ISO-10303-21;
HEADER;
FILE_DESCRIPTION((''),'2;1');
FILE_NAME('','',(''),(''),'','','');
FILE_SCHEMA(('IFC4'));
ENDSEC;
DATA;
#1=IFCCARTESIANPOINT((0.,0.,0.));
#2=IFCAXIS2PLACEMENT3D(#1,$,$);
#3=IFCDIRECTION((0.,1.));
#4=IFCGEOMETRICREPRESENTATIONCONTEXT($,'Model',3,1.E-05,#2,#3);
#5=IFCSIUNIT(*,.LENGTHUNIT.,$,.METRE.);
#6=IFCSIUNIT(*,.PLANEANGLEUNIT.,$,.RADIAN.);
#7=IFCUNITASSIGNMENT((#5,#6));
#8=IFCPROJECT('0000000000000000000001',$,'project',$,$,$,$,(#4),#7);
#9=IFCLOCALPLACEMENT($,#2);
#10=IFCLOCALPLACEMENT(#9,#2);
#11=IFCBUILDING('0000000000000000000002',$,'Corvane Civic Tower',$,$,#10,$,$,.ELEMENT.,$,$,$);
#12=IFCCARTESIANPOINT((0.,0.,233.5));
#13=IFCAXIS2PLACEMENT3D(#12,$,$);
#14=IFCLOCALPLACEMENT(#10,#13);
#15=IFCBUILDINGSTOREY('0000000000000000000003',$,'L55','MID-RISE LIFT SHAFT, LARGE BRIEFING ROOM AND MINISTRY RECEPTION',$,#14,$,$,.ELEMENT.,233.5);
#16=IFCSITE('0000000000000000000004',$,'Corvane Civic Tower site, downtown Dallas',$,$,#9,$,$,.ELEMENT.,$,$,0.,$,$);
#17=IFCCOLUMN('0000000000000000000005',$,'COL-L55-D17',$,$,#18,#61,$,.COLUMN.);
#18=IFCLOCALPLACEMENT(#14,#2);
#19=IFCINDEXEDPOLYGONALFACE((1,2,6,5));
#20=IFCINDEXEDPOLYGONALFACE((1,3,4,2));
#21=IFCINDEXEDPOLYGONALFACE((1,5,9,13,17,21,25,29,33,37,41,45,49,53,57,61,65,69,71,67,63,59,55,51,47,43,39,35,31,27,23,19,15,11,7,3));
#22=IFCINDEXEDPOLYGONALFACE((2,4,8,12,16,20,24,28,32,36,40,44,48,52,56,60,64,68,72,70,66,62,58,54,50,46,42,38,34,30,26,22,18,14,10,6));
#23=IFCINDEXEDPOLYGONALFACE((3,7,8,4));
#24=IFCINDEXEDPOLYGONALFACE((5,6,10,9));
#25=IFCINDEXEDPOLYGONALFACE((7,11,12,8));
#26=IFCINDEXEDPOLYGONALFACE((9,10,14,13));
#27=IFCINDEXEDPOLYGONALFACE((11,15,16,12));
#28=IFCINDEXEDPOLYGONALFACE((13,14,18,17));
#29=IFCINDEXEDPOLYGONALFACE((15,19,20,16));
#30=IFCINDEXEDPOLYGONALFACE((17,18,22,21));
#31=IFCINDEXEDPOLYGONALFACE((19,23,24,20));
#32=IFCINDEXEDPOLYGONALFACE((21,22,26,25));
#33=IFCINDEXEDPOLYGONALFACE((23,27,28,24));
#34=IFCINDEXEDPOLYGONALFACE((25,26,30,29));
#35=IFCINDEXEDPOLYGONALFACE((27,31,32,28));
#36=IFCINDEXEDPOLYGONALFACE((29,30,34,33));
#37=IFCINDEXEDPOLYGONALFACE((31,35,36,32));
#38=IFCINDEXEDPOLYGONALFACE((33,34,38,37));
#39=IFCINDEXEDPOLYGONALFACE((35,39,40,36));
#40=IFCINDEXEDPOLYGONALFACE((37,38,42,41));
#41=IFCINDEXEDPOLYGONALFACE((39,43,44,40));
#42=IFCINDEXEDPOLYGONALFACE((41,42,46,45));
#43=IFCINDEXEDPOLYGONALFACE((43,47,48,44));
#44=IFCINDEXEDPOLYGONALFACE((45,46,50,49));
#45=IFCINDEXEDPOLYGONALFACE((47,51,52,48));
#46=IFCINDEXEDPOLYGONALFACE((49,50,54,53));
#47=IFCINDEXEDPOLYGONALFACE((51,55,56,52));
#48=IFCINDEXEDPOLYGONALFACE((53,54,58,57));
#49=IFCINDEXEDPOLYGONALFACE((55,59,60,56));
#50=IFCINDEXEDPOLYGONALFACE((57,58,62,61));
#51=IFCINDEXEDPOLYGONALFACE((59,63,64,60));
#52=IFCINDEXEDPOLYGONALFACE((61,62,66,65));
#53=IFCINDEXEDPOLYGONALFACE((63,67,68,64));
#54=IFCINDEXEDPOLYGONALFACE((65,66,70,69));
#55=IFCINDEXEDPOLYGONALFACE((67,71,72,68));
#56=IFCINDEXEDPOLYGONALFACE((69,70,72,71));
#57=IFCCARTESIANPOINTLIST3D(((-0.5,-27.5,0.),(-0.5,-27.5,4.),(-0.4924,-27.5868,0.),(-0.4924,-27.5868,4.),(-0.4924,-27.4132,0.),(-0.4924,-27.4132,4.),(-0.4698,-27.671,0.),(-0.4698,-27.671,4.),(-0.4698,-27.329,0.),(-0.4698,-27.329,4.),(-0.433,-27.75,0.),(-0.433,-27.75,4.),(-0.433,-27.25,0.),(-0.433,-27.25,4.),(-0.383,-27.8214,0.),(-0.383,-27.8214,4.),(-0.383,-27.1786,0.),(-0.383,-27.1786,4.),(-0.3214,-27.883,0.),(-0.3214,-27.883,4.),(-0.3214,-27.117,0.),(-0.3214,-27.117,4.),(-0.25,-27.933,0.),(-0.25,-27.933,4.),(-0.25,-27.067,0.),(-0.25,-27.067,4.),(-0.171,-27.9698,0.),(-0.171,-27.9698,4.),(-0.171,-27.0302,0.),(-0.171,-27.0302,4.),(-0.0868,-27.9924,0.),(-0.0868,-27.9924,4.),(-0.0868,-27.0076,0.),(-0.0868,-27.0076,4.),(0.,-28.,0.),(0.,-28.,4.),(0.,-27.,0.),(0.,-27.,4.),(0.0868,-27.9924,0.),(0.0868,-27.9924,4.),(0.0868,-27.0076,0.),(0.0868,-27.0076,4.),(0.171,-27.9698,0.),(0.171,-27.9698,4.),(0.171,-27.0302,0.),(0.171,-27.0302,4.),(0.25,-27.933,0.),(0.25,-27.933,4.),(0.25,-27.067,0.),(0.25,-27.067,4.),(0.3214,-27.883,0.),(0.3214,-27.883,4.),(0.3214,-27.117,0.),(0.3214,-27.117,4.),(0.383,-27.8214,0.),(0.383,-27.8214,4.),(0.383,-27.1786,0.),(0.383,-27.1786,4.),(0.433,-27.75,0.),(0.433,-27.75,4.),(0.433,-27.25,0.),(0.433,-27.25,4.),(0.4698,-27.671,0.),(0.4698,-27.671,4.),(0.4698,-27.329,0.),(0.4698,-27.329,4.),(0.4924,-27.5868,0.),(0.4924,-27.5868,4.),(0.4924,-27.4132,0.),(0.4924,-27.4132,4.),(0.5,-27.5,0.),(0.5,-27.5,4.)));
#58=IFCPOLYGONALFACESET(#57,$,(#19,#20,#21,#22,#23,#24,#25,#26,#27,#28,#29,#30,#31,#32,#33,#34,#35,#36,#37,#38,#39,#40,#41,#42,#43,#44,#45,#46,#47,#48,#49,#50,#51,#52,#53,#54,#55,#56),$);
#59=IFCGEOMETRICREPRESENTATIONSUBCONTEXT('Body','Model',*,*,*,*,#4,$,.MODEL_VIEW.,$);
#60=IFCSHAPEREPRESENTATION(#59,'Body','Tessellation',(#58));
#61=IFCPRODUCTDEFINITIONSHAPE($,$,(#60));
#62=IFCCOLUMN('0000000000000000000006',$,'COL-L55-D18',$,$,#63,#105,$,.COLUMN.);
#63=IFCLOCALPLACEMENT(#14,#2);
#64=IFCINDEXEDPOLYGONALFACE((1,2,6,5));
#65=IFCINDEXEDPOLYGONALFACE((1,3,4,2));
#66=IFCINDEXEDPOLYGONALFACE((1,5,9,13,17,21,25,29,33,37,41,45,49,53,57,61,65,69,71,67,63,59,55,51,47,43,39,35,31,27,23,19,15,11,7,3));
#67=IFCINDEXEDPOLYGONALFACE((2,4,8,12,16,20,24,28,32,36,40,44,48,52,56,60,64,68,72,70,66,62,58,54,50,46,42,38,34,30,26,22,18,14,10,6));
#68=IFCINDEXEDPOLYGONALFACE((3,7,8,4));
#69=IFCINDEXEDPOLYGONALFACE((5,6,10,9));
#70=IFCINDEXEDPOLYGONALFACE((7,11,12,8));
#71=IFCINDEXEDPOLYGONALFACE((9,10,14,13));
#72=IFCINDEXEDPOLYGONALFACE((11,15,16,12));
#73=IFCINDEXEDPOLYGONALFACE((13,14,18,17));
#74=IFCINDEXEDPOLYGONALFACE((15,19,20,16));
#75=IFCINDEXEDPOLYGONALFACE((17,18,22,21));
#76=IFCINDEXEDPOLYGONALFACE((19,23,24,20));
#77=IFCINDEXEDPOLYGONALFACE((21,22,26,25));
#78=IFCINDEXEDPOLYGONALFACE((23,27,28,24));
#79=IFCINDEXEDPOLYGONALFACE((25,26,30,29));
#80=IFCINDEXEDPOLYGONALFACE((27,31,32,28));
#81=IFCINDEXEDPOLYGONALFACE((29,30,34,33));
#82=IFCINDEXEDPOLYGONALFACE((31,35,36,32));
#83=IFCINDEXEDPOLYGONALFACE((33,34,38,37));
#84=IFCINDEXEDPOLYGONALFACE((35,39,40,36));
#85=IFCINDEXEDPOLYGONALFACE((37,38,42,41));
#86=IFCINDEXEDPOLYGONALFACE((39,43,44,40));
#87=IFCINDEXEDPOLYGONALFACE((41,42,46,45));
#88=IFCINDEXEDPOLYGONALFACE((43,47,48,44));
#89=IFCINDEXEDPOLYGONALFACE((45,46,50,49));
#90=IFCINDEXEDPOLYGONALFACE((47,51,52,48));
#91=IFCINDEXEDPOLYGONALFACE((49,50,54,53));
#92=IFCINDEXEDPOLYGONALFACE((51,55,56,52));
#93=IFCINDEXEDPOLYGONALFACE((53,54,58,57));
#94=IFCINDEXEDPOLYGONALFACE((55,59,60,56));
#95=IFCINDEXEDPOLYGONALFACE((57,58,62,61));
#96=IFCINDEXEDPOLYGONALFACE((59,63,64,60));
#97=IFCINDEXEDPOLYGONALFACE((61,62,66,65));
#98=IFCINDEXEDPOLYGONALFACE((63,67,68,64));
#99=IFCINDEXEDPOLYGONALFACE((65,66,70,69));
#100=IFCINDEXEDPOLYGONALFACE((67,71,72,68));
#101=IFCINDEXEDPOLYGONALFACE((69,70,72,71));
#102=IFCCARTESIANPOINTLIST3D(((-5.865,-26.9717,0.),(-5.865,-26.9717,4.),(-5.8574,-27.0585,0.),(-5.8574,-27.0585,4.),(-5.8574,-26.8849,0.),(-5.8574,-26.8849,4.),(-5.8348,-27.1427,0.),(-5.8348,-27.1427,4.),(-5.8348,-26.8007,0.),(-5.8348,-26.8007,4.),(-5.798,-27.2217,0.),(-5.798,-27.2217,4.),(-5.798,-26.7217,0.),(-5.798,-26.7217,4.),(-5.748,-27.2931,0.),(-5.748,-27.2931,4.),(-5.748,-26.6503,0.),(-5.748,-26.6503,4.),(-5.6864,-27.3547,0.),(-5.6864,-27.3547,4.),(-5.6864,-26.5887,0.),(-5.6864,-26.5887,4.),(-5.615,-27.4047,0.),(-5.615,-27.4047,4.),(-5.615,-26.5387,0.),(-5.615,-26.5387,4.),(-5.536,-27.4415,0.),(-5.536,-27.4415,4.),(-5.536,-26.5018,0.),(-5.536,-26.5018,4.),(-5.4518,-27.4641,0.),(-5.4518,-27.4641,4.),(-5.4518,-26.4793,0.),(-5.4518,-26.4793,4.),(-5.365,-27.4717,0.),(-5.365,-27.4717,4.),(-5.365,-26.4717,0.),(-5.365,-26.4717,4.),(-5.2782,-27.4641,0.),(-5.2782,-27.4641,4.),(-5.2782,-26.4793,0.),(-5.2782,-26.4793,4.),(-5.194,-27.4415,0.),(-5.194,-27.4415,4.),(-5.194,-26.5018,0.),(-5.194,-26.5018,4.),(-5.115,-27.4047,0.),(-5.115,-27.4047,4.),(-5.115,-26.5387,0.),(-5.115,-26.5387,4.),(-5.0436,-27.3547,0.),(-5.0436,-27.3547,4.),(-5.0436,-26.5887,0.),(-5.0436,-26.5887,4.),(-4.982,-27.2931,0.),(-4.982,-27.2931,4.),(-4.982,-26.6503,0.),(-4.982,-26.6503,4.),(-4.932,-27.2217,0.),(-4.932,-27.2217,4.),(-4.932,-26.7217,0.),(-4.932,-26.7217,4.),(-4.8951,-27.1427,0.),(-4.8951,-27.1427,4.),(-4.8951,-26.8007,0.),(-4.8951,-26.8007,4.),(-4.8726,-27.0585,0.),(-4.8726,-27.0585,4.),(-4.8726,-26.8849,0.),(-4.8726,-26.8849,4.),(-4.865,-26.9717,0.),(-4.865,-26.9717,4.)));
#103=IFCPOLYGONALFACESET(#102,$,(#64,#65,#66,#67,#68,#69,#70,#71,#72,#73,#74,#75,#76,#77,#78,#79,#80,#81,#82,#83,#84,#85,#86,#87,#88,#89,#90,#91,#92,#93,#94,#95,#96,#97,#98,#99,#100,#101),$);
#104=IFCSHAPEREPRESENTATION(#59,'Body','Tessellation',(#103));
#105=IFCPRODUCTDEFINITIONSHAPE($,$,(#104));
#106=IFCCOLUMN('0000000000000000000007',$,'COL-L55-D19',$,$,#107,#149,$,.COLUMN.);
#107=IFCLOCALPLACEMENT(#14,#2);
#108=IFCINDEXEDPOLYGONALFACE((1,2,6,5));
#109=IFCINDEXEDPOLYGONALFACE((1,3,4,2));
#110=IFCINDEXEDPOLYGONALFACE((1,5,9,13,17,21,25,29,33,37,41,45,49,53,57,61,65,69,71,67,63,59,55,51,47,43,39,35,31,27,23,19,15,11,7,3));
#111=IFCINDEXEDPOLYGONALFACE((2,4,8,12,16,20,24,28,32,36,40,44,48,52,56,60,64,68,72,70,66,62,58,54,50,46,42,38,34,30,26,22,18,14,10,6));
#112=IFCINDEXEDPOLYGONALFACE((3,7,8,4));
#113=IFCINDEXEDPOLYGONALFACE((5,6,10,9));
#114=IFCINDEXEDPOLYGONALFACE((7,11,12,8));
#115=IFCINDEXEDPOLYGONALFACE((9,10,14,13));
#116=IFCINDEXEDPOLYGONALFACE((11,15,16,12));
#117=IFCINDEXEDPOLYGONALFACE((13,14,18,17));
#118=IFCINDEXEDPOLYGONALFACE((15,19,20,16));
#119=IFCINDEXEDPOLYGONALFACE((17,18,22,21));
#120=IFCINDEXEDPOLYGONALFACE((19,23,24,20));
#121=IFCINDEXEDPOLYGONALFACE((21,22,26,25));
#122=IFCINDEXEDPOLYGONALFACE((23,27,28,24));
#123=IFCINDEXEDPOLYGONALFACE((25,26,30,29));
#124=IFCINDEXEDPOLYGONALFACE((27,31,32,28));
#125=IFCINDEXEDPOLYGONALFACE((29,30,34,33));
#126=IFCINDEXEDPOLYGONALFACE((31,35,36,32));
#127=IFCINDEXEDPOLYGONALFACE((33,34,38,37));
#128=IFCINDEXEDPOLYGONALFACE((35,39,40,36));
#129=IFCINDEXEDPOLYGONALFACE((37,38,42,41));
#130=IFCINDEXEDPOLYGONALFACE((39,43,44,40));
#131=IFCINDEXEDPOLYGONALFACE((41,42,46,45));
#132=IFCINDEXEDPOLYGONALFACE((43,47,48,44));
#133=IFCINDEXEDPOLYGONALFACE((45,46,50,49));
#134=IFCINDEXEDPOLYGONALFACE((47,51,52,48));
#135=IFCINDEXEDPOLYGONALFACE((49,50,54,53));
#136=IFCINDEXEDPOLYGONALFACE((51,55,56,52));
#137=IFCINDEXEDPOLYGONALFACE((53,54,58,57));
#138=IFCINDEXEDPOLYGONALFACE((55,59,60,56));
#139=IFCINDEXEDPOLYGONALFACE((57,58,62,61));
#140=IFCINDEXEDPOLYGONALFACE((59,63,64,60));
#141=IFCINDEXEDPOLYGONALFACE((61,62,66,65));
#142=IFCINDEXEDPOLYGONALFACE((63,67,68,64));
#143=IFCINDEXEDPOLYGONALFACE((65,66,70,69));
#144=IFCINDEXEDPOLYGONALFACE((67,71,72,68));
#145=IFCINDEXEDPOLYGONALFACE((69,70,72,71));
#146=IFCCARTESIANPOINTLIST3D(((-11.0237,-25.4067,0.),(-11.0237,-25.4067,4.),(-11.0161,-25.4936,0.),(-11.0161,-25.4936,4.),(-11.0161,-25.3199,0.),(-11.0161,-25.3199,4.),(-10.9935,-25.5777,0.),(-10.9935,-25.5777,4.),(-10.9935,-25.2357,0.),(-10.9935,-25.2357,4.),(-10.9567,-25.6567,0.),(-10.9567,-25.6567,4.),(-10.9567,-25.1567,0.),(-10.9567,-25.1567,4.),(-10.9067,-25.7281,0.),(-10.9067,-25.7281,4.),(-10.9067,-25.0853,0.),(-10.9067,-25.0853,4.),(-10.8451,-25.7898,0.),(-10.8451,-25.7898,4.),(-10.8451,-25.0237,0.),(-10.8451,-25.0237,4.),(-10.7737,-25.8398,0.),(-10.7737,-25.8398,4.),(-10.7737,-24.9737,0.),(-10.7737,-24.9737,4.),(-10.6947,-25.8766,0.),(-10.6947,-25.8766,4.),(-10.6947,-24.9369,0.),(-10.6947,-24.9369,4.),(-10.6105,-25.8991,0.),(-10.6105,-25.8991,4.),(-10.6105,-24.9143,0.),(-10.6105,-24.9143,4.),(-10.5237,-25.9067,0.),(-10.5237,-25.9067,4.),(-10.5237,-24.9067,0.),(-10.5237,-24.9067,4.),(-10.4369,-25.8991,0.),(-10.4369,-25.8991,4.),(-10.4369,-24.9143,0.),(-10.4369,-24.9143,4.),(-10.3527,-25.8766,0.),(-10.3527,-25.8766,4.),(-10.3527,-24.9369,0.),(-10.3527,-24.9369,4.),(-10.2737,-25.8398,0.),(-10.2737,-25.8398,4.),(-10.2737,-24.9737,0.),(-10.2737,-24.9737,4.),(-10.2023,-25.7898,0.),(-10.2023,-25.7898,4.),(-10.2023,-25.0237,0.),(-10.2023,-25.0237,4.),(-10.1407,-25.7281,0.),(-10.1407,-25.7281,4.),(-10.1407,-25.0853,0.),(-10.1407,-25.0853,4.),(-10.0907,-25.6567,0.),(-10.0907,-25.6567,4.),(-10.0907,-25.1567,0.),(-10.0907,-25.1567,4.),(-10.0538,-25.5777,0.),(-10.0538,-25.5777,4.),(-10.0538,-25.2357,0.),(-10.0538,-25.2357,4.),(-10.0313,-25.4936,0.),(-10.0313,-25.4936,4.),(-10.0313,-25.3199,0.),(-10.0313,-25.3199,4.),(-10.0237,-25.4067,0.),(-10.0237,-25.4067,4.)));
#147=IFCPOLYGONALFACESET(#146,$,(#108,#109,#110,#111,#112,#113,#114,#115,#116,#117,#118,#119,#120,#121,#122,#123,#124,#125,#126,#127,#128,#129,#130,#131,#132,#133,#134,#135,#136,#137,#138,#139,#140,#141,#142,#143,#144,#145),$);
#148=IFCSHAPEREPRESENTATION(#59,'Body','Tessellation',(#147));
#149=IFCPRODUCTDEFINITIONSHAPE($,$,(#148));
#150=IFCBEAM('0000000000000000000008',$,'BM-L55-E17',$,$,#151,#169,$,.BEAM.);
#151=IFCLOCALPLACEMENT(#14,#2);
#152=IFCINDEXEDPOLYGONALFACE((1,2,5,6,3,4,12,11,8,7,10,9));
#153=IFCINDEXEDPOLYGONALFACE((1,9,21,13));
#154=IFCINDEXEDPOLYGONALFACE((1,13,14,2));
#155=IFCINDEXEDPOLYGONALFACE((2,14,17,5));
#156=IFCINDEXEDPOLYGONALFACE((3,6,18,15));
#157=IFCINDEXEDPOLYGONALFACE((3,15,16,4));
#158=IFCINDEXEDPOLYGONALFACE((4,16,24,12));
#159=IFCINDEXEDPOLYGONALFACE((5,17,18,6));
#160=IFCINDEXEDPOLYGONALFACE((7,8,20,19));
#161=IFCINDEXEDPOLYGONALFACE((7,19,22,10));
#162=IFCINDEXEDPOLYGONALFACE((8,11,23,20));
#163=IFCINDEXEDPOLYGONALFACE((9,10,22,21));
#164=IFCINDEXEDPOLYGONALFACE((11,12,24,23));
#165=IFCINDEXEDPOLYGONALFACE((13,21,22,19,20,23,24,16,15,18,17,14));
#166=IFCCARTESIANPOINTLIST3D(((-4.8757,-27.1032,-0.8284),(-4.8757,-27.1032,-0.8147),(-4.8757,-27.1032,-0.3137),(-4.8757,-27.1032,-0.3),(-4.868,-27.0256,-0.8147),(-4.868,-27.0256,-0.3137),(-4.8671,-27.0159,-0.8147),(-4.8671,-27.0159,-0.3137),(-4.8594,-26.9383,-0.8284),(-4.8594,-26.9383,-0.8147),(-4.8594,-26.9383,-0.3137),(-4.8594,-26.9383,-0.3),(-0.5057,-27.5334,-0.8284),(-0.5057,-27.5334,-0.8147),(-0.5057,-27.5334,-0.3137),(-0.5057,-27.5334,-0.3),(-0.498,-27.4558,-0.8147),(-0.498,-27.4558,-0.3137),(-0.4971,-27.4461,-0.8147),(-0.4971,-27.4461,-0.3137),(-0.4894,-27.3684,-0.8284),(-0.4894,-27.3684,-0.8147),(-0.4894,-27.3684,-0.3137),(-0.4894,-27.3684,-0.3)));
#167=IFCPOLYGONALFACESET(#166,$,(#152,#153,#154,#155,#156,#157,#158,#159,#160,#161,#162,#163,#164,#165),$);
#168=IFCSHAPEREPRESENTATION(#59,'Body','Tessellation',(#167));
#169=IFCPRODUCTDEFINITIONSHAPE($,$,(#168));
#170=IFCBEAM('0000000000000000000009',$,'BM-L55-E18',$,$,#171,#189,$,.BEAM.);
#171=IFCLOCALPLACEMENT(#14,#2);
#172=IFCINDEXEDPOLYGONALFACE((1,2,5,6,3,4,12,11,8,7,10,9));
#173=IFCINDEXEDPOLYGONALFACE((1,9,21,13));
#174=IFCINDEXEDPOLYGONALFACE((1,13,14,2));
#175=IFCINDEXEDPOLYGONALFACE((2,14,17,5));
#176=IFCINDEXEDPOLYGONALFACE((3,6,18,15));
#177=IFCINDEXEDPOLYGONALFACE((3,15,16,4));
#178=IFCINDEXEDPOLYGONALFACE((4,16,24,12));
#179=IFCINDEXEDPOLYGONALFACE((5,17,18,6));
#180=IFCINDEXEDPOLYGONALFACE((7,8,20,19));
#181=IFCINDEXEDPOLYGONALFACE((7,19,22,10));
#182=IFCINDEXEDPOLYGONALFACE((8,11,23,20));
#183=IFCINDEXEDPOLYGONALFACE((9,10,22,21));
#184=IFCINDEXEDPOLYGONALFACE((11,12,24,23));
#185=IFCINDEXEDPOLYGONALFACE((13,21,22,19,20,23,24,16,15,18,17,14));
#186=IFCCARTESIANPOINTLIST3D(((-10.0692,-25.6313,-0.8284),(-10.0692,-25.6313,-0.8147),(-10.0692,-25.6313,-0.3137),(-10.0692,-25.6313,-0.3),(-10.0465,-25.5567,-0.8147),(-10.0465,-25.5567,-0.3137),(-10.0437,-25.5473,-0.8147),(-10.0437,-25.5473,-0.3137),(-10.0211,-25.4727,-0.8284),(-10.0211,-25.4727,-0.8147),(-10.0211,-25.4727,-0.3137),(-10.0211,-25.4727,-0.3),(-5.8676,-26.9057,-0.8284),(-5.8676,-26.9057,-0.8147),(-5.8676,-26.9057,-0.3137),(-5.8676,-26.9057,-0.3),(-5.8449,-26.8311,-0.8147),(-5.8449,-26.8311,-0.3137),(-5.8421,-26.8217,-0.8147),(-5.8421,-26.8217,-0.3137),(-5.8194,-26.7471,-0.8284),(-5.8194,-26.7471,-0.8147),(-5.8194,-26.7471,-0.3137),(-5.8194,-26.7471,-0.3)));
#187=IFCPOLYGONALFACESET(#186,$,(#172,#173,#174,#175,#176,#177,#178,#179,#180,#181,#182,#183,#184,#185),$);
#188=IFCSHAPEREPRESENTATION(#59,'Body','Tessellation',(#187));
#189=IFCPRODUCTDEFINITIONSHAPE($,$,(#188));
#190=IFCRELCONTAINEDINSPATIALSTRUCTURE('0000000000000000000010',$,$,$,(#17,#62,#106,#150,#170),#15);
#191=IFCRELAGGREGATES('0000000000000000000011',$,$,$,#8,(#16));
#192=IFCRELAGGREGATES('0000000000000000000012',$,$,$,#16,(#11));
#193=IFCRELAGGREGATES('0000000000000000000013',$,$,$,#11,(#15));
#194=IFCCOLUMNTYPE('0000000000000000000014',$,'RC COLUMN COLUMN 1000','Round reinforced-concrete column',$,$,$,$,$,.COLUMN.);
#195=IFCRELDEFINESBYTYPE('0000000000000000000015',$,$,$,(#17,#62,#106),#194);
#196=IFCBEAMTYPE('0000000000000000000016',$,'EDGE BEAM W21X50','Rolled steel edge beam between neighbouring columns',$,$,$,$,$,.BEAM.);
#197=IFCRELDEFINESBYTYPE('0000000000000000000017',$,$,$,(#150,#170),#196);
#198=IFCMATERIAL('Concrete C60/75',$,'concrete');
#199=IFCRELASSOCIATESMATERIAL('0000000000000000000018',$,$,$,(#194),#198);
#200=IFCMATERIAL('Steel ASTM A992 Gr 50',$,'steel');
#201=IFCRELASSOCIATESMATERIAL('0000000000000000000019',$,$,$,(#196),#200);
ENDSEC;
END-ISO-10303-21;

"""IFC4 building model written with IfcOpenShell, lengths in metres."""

from ifc_helpers import new_model, si_unit, direction, frame, origin, origin_2d, place, context, subcontext, project, spatial, circle, i_section, extrude, material, material_profile, profile_set, type_object, element, save


model = new_model("IFC4")

# Units and contexts
model_context = context("Model", 3, precision=1e-05, world=origin(), true_north=direction((0.0, 1.0)))
body_context = subcontext(model_context, "Body", "Model", "MODEL_VIEW")
ifc_project = project(units=[si_unit("LENGTHUNIT", "METRE"), si_unit("PLANEANGLEUNIT", "RADIAN")], contexts=[model_context])

# Site, building, storey
site_placement = place(None, origin())
site = spatial("IfcSite", under=ifc_project, at=site_placement, Name="Corvane Civic Tower site, downtown Dallas", CompositionType="ELEMENT", RefElevation=0.0)
building_placement = place(site_placement, origin())
building = spatial("IfcBuilding", under=site, at=building_placement, Name="Corvane Civic Tower", CompositionType="ELEMENT")
storey_placement = place(building_placement, frame((0.0, 0.0, 233.5)))
storey = spatial("IfcBuildingStorey", under=building, at=storey_placement, Name="L55", Description="MID-RISE LIFT SHAFT, LARGE BRIEFING ROOM AND MINISTRY RECEPTION", CompositionType="ELEMENT", Elevation=233.5)

# Columns
ifc_material_1 = material(Name="Concrete C60/75", Category="concrete")
ifc_material_profile_1 = material_profile(ifc_material_1, circle(Radius=0.5, at=origin_2d()), Name="COLUMN 1000")
ifc_profile_set_1 = profile_set([ifc_material_profile_1], Name="Concrete C60/75")
column_type = type_object("IfcColumnType", Name="RC COLUMN COLUMN 1000", Description="Round reinforced-concrete column", PredefinedType="COLUMN", material=ifc_profile_set_1)
for number, where, z_axis, x_axis, name in (
    (1, (0.0, -27.5, 0.0), (0.0, 0.0, 1.0), (1.0, 0.0, 0.0), "COL-L55-D17"),
    (2, (-5.365, -26.9717, 0.0), (0.0, 0.0, 1.0), (1.0, 0.0, 0.0), "COL-L55-D18"),
    (3, (-10.5237, -25.4067, 0.0), (0.0, 0.0, 1.0), (1.0, 0.0, 0.0), "COL-L55-D19"),
):
    element("IfcColumn", number, at=place(storey_placement, frame(where, z_axis=z_axis, x_axis=x_axis)), inside=storey, type_object=column_type, Name=name, PredefinedType="COLUMN", context=body_context, shape_type="SweptSolid", body=[
        extrude(circle(Radius=0.5, at=origin_2d()), origin(), (0.0, 0.0, 1.0), 4.0),
    ])

# Beams
ifc_material_2 = material(Name="Steel ASTM A992 Gr 50", Category="steel")
ifc_material_profile_2 = material_profile(ifc_material_2, i_section(OverallWidth=0.1658, OverallDepth=0.5283, WebThickness=0.0098, FlangeThickness=0.0137, at=origin_2d()), Name="W21X50")
ifc_profile_set_2 = profile_set([ifc_material_profile_2], Name="Steel ASTM A992 Gr 50")
beam_type_1 = type_object("IfcBeamType", Name="EDGE BEAM W21X50", Description="Rolled steel edge beam between neighbouring columns", PredefinedType="BEAM", material=ifc_profile_set_2)
beam_1_placement = place(storey_placement, frame((-0.4976, -27.4509, -0.5642), z_axis=(-0.99519, 0.097968, 0.0), x_axis=(-0.097968, -0.99519, 0.0)))
element("IfcBeam", 4, at=beam_1_placement, inside=storey, type_object=beam_type_1, Name="BM-L55-E17", PredefinedType="BEAM", context=body_context, shape_type="SweptSolid", body=[
    extrude(i_section(OverallWidth=0.1658, OverallDepth=0.5283, WebThickness=0.0098, FlangeThickness=0.0137, at=origin_2d()), origin(), (0.0, 0.0, 1.0), 4.3911),
])
beam_2_placement = place(storey_placement, frame((-5.8435, -26.8264, -0.5642), z_axis=(-0.95695, 0.290254, 0.0), x_axis=(-0.290254, -0.95695, 0.0)))
element("IfcBeam", 5, at=beam_2_placement, inside=storey, type_object=beam_type_1, Name="BM-L55-E18", PredefinedType="BEAM", context=body_context, shape_type="SweptSolid", body=[
    extrude(i_section(OverallWidth=0.1658, OverallDepth=0.5283, WebThickness=0.0098, FlangeThickness=0.0137, at=origin_2d()), origin(), (0.0, 0.0, 1.0), 4.3906),
])

save(model, "model.ifc")
